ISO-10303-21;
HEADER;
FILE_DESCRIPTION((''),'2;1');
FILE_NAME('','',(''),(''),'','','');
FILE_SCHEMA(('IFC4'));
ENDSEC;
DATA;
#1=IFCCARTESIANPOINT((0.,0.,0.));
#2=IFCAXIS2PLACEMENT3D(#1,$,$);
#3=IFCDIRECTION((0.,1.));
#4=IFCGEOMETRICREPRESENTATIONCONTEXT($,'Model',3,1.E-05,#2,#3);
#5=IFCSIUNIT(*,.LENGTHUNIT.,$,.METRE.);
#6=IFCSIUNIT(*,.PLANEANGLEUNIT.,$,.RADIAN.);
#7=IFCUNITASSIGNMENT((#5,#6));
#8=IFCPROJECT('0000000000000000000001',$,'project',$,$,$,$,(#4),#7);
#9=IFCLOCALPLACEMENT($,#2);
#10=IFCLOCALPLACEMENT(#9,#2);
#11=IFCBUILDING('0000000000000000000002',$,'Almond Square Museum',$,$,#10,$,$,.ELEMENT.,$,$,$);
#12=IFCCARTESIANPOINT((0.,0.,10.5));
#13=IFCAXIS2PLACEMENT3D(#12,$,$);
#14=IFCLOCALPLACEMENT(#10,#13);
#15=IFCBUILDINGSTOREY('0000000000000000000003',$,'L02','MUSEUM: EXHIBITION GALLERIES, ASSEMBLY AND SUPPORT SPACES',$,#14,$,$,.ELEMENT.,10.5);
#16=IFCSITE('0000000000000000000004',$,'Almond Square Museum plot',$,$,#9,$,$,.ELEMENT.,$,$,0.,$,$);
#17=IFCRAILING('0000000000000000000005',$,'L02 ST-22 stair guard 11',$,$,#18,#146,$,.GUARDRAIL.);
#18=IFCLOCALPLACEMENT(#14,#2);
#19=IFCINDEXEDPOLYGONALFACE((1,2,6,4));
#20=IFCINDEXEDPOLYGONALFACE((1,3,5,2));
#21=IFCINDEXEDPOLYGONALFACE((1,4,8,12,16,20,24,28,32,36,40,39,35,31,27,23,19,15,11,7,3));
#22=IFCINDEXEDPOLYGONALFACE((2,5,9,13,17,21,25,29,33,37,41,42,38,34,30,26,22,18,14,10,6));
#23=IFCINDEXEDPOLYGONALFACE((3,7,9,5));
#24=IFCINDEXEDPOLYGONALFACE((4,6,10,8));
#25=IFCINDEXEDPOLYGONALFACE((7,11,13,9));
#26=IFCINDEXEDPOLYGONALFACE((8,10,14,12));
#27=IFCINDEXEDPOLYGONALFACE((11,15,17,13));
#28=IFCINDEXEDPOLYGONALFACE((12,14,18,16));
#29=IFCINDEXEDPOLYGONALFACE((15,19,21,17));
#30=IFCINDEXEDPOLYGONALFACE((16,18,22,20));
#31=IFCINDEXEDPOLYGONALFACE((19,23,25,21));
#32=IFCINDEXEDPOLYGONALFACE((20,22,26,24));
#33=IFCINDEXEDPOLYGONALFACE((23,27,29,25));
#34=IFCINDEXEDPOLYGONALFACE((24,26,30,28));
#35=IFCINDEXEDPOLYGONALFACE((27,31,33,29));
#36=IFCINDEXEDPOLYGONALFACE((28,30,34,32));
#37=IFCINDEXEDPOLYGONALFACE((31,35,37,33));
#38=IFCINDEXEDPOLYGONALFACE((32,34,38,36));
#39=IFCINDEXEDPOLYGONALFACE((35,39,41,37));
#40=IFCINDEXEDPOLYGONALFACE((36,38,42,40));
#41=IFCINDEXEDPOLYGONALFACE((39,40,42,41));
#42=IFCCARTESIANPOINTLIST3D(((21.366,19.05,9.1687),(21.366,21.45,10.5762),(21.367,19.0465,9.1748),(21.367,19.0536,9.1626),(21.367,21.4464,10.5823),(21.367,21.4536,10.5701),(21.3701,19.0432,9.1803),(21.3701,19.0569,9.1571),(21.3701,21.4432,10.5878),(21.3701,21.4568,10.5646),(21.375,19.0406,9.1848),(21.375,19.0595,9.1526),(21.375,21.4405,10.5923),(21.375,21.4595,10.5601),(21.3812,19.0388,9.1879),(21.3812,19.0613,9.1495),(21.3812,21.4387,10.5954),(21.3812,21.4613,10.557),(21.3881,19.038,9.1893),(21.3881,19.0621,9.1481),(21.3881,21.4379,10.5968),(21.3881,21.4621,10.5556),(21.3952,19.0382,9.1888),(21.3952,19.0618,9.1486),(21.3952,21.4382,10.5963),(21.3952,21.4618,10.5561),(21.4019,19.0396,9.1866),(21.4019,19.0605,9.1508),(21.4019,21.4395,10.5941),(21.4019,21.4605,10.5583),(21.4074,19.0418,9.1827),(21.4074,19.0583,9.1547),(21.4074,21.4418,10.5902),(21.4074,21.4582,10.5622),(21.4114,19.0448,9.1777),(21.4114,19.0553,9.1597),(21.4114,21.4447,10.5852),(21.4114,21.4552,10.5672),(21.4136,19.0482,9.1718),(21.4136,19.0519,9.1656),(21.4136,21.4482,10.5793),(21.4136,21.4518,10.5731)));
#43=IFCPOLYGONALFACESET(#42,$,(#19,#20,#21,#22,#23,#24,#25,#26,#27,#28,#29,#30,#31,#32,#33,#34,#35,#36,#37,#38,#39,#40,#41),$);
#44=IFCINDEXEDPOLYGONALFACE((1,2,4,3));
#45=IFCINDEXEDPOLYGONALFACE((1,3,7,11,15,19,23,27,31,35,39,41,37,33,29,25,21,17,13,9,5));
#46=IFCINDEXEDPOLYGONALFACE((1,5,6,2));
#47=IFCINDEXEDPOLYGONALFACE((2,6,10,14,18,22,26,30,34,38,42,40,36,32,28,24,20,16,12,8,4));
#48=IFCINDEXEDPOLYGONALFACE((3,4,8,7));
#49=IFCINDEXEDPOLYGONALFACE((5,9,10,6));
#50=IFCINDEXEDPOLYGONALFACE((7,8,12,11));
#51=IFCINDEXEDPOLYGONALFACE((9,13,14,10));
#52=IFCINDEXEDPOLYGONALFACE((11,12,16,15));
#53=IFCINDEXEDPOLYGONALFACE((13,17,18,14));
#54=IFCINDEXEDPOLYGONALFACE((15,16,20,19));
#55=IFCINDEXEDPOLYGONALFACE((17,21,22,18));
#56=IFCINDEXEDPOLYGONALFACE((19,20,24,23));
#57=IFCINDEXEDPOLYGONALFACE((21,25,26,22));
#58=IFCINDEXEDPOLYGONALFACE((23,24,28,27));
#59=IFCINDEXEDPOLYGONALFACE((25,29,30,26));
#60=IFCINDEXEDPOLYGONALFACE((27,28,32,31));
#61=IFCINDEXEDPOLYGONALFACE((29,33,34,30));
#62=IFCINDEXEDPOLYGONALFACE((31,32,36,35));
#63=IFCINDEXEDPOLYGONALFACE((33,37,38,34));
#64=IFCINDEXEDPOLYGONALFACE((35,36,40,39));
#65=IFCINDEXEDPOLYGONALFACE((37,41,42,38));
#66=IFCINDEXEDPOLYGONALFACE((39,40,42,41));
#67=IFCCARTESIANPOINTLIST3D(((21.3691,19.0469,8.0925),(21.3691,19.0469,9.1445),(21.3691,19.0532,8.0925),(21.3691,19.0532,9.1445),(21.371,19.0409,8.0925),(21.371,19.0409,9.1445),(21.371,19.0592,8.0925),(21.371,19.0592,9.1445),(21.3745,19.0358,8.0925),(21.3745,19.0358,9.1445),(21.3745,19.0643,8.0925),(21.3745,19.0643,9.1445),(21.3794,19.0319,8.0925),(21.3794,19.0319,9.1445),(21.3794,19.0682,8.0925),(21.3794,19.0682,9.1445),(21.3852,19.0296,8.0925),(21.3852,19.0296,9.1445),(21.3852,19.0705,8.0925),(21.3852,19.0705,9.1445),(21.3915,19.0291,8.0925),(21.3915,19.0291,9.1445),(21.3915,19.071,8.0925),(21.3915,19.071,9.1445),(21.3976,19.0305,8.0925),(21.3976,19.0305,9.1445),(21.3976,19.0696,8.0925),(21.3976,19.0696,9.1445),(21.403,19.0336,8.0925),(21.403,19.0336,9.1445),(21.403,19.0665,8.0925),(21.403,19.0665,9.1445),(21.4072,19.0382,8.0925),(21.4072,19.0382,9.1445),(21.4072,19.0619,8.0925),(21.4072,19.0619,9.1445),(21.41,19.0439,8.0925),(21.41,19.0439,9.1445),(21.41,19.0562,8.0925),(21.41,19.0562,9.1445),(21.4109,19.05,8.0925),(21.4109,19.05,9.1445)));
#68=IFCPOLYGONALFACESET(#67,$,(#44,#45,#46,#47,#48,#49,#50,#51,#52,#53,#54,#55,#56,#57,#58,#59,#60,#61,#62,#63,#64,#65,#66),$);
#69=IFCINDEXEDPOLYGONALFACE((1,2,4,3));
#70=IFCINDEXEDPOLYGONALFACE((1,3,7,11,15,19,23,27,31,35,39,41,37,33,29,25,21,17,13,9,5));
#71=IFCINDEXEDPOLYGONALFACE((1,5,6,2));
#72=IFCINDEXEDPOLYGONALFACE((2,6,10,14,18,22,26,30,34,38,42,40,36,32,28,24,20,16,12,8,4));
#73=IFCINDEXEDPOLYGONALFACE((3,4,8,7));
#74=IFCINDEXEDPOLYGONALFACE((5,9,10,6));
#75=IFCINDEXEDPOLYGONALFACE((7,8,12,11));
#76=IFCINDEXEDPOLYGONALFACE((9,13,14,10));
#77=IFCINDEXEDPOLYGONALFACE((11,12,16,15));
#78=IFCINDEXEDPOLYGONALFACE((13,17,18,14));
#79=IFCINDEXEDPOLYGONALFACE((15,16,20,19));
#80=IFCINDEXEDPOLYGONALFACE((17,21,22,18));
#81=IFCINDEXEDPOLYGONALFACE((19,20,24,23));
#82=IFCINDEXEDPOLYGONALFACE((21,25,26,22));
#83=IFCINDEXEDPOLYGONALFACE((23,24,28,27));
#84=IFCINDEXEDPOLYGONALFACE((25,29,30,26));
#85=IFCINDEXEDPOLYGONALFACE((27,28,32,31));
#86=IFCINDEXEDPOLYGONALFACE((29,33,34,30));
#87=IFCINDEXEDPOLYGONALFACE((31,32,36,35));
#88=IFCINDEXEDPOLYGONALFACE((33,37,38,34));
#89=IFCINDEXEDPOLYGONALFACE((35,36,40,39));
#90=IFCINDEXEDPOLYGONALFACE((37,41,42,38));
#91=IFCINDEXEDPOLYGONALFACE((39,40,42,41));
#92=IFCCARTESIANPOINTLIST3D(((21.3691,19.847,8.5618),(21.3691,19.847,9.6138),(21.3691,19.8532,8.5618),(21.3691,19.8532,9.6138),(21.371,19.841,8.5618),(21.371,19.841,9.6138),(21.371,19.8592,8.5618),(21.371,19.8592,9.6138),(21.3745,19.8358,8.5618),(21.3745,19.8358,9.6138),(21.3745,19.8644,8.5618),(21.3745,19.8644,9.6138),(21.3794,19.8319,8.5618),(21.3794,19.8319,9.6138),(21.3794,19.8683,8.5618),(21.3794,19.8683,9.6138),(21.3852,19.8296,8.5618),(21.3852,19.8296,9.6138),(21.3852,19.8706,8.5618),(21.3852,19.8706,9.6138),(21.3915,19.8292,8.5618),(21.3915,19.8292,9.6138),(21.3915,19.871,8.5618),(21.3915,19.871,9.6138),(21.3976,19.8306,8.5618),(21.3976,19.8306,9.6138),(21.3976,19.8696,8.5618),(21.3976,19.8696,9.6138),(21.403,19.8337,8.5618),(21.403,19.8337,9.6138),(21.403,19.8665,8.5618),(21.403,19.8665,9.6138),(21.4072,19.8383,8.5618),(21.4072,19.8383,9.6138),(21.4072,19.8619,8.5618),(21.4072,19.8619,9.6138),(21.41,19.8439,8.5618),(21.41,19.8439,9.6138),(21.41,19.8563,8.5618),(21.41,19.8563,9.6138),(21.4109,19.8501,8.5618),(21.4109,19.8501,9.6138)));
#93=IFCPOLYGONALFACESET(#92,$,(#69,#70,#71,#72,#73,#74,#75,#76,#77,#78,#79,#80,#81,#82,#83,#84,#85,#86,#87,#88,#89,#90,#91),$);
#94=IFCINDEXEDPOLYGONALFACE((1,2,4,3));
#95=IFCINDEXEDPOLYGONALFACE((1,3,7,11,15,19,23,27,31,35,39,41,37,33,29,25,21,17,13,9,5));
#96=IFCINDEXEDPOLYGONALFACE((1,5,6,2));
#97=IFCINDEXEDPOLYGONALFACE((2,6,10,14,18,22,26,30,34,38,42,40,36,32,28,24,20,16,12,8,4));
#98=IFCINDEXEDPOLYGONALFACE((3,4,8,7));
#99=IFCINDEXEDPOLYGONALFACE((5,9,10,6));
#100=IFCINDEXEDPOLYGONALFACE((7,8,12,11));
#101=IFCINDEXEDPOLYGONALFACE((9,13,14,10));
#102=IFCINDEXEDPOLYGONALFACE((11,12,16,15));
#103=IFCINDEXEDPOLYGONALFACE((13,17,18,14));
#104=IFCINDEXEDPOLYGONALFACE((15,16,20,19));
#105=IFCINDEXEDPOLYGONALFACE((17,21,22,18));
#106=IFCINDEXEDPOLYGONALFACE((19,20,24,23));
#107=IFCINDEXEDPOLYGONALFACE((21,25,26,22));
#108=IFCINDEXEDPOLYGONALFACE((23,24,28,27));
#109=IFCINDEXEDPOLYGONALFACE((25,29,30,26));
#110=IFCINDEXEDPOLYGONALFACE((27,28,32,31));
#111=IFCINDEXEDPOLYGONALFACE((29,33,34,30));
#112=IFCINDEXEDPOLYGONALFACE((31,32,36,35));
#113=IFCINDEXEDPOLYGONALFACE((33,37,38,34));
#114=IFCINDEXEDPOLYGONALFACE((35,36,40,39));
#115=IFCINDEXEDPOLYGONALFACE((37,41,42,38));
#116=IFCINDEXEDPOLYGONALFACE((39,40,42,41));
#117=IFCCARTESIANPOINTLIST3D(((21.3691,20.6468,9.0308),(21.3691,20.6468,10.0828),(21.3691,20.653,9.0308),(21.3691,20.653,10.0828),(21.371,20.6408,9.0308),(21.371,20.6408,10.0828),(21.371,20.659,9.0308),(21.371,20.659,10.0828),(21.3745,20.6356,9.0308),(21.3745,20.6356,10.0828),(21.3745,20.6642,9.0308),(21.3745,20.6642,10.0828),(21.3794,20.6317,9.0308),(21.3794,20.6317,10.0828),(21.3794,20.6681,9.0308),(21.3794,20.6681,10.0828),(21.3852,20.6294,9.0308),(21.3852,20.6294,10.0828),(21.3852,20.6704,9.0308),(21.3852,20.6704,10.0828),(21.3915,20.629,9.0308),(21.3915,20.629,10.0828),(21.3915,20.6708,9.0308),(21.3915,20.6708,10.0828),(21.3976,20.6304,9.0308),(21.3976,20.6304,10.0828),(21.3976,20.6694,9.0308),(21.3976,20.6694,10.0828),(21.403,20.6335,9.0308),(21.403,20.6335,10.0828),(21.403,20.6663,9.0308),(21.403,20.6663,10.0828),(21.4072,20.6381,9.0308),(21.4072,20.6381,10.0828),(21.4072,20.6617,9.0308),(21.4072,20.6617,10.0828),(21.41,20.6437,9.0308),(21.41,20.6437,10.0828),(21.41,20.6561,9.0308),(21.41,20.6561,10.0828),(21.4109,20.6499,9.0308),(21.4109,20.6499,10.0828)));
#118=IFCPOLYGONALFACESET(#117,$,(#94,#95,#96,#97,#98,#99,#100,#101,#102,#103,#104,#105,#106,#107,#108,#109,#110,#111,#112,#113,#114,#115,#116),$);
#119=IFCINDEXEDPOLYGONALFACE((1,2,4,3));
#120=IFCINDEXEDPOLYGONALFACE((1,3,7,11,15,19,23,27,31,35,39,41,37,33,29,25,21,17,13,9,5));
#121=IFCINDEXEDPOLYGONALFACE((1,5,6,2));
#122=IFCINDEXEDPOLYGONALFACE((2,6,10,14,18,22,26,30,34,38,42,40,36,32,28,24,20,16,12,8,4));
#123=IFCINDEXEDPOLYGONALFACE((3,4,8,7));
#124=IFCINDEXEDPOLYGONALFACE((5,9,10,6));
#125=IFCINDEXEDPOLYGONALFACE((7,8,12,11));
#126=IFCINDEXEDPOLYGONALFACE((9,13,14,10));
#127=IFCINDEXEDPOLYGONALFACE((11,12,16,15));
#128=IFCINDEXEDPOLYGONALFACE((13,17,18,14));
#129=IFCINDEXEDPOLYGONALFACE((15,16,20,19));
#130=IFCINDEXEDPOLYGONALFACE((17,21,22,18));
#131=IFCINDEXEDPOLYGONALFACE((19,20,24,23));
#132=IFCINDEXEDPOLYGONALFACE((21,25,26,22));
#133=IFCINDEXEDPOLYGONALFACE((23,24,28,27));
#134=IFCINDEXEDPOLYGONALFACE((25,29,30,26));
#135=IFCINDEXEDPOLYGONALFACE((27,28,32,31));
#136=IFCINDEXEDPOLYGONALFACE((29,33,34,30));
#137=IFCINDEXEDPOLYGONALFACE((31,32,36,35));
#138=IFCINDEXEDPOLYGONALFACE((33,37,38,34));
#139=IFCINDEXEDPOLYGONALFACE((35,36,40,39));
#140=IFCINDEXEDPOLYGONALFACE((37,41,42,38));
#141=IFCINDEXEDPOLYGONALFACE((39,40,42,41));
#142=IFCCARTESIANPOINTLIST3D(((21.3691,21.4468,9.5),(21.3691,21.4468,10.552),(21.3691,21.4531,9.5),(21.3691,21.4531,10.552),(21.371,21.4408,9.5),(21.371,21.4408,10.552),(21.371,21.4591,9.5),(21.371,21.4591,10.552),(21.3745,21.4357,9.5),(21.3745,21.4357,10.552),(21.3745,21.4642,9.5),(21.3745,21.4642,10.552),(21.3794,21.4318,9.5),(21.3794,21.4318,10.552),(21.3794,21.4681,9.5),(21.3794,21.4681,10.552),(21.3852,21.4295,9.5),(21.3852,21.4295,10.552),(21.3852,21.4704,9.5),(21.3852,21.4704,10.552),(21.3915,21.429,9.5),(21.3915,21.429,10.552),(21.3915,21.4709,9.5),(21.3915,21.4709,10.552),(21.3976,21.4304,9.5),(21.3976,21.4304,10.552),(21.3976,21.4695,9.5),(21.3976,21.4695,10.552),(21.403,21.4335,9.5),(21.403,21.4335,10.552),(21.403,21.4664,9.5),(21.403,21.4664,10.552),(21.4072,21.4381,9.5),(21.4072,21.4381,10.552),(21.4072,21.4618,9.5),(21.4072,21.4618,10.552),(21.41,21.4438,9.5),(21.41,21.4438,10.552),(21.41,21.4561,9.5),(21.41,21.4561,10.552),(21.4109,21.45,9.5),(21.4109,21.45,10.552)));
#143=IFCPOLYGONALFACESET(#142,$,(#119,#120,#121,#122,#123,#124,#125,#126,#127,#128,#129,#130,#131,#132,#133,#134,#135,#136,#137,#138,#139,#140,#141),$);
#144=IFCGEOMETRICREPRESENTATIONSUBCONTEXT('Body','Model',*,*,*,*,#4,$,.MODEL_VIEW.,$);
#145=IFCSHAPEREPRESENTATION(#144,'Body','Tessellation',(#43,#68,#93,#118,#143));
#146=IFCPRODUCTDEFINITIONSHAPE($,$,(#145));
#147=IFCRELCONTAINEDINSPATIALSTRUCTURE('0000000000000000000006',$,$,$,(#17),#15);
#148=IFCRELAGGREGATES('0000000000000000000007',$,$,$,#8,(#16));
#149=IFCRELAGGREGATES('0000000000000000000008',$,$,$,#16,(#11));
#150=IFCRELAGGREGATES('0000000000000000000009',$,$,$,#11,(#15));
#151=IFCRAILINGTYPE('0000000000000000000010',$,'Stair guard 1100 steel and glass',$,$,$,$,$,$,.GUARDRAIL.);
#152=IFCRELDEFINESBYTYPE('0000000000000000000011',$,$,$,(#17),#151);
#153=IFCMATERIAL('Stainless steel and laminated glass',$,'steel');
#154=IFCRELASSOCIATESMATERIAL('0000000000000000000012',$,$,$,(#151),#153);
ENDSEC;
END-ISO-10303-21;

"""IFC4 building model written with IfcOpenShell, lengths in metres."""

from ifc_helpers import new_model, si_unit, direction, frame, origin, origin_2d, place, context, subcontext, project, spatial, circle, extrude, material, type_object, element, save


model = new_model("IFC4")

# Units and contexts
model_context = context("Model", 3, precision=1e-05, world=origin(), true_north=direction((0.0, 1.0)))
body_context = subcontext(model_context, "Body", "Model", "MODEL_VIEW")
ifc_project = project(units=[si_unit("LENGTHUNIT", "METRE"), si_unit("PLANEANGLEUNIT", "RADIAN")], contexts=[model_context])

# Site, building, storey
site_placement = place(None, origin())
site = spatial("IfcSite", under=ifc_project, at=site_placement, Name="Almond Square Museum plot", CompositionType="ELEMENT", RefElevation=0.0)
building_placement = place(site_placement, origin())
building = spatial("IfcBuilding", under=site, at=building_placement, Name="Almond Square Museum", CompositionType="ELEMENT")
storey_placement = place(building_placement, frame((0.0, 0.0, 10.5)))
storey = spatial("IfcBuildingStorey", under=building, at=storey_placement, Name="L02", Description="MUSEUM: EXHIBITION GALLERIES, ASSEMBLY AND SUPPORT SPACES", CompositionType="ELEMENT", Elevation=10.5)

# Railing
ifc_material_1 = material(Name="Stainless steel and laminated glass", Category="steel")
railing_type_1 = type_object("IfcRailingType", Name="Stair guard 1100 steel and glass", PredefinedType="GUARDRAIL", material=ifc_material_1)
railing_1_placement = place(storey_placement, frame((21.3899, 19.05, 8.0925)))
element("IfcRailing", 1, at=railing_1_placement, inside=storey, type_object=railing_type_1, Name="L02 ST-22 stair guard 11", PredefinedType="GUARDRAIL", context=body_context, shape_type="SweptSolid", body=[
    extrude(circle(Radius=0.0239, at=origin_2d()), frame((0.0, 0.0, 1.0762), z_axis=(0.0, 0.862599, 0.505888), x_axis=(-1.0, 0.0, 0.0)), (0.0, 0.0, 1.0), 2.7822),
    extrude(circle(Radius=0.021, at=origin_2d()), origin(), (0.0, 0.0, 1.0), 1.052),
    extrude(circle(Radius=0.021, at=origin_2d()), frame((0.0, 0.8, 0.4692)), (0.0, 0.0, 1.0), 1.052),
    extrude(circle(Radius=0.021, at=origin_2d()), frame((0.0, 1.5999, 0.9382)), (0.0, 0.0, 1.0), 1.052),
    extrude(circle(Radius=0.021, at=origin_2d()), frame((0.0, 2.3999, 1.4075)), (0.0, 0.0, 1.0), 1.052),
])

save(model, "model.ifc")
